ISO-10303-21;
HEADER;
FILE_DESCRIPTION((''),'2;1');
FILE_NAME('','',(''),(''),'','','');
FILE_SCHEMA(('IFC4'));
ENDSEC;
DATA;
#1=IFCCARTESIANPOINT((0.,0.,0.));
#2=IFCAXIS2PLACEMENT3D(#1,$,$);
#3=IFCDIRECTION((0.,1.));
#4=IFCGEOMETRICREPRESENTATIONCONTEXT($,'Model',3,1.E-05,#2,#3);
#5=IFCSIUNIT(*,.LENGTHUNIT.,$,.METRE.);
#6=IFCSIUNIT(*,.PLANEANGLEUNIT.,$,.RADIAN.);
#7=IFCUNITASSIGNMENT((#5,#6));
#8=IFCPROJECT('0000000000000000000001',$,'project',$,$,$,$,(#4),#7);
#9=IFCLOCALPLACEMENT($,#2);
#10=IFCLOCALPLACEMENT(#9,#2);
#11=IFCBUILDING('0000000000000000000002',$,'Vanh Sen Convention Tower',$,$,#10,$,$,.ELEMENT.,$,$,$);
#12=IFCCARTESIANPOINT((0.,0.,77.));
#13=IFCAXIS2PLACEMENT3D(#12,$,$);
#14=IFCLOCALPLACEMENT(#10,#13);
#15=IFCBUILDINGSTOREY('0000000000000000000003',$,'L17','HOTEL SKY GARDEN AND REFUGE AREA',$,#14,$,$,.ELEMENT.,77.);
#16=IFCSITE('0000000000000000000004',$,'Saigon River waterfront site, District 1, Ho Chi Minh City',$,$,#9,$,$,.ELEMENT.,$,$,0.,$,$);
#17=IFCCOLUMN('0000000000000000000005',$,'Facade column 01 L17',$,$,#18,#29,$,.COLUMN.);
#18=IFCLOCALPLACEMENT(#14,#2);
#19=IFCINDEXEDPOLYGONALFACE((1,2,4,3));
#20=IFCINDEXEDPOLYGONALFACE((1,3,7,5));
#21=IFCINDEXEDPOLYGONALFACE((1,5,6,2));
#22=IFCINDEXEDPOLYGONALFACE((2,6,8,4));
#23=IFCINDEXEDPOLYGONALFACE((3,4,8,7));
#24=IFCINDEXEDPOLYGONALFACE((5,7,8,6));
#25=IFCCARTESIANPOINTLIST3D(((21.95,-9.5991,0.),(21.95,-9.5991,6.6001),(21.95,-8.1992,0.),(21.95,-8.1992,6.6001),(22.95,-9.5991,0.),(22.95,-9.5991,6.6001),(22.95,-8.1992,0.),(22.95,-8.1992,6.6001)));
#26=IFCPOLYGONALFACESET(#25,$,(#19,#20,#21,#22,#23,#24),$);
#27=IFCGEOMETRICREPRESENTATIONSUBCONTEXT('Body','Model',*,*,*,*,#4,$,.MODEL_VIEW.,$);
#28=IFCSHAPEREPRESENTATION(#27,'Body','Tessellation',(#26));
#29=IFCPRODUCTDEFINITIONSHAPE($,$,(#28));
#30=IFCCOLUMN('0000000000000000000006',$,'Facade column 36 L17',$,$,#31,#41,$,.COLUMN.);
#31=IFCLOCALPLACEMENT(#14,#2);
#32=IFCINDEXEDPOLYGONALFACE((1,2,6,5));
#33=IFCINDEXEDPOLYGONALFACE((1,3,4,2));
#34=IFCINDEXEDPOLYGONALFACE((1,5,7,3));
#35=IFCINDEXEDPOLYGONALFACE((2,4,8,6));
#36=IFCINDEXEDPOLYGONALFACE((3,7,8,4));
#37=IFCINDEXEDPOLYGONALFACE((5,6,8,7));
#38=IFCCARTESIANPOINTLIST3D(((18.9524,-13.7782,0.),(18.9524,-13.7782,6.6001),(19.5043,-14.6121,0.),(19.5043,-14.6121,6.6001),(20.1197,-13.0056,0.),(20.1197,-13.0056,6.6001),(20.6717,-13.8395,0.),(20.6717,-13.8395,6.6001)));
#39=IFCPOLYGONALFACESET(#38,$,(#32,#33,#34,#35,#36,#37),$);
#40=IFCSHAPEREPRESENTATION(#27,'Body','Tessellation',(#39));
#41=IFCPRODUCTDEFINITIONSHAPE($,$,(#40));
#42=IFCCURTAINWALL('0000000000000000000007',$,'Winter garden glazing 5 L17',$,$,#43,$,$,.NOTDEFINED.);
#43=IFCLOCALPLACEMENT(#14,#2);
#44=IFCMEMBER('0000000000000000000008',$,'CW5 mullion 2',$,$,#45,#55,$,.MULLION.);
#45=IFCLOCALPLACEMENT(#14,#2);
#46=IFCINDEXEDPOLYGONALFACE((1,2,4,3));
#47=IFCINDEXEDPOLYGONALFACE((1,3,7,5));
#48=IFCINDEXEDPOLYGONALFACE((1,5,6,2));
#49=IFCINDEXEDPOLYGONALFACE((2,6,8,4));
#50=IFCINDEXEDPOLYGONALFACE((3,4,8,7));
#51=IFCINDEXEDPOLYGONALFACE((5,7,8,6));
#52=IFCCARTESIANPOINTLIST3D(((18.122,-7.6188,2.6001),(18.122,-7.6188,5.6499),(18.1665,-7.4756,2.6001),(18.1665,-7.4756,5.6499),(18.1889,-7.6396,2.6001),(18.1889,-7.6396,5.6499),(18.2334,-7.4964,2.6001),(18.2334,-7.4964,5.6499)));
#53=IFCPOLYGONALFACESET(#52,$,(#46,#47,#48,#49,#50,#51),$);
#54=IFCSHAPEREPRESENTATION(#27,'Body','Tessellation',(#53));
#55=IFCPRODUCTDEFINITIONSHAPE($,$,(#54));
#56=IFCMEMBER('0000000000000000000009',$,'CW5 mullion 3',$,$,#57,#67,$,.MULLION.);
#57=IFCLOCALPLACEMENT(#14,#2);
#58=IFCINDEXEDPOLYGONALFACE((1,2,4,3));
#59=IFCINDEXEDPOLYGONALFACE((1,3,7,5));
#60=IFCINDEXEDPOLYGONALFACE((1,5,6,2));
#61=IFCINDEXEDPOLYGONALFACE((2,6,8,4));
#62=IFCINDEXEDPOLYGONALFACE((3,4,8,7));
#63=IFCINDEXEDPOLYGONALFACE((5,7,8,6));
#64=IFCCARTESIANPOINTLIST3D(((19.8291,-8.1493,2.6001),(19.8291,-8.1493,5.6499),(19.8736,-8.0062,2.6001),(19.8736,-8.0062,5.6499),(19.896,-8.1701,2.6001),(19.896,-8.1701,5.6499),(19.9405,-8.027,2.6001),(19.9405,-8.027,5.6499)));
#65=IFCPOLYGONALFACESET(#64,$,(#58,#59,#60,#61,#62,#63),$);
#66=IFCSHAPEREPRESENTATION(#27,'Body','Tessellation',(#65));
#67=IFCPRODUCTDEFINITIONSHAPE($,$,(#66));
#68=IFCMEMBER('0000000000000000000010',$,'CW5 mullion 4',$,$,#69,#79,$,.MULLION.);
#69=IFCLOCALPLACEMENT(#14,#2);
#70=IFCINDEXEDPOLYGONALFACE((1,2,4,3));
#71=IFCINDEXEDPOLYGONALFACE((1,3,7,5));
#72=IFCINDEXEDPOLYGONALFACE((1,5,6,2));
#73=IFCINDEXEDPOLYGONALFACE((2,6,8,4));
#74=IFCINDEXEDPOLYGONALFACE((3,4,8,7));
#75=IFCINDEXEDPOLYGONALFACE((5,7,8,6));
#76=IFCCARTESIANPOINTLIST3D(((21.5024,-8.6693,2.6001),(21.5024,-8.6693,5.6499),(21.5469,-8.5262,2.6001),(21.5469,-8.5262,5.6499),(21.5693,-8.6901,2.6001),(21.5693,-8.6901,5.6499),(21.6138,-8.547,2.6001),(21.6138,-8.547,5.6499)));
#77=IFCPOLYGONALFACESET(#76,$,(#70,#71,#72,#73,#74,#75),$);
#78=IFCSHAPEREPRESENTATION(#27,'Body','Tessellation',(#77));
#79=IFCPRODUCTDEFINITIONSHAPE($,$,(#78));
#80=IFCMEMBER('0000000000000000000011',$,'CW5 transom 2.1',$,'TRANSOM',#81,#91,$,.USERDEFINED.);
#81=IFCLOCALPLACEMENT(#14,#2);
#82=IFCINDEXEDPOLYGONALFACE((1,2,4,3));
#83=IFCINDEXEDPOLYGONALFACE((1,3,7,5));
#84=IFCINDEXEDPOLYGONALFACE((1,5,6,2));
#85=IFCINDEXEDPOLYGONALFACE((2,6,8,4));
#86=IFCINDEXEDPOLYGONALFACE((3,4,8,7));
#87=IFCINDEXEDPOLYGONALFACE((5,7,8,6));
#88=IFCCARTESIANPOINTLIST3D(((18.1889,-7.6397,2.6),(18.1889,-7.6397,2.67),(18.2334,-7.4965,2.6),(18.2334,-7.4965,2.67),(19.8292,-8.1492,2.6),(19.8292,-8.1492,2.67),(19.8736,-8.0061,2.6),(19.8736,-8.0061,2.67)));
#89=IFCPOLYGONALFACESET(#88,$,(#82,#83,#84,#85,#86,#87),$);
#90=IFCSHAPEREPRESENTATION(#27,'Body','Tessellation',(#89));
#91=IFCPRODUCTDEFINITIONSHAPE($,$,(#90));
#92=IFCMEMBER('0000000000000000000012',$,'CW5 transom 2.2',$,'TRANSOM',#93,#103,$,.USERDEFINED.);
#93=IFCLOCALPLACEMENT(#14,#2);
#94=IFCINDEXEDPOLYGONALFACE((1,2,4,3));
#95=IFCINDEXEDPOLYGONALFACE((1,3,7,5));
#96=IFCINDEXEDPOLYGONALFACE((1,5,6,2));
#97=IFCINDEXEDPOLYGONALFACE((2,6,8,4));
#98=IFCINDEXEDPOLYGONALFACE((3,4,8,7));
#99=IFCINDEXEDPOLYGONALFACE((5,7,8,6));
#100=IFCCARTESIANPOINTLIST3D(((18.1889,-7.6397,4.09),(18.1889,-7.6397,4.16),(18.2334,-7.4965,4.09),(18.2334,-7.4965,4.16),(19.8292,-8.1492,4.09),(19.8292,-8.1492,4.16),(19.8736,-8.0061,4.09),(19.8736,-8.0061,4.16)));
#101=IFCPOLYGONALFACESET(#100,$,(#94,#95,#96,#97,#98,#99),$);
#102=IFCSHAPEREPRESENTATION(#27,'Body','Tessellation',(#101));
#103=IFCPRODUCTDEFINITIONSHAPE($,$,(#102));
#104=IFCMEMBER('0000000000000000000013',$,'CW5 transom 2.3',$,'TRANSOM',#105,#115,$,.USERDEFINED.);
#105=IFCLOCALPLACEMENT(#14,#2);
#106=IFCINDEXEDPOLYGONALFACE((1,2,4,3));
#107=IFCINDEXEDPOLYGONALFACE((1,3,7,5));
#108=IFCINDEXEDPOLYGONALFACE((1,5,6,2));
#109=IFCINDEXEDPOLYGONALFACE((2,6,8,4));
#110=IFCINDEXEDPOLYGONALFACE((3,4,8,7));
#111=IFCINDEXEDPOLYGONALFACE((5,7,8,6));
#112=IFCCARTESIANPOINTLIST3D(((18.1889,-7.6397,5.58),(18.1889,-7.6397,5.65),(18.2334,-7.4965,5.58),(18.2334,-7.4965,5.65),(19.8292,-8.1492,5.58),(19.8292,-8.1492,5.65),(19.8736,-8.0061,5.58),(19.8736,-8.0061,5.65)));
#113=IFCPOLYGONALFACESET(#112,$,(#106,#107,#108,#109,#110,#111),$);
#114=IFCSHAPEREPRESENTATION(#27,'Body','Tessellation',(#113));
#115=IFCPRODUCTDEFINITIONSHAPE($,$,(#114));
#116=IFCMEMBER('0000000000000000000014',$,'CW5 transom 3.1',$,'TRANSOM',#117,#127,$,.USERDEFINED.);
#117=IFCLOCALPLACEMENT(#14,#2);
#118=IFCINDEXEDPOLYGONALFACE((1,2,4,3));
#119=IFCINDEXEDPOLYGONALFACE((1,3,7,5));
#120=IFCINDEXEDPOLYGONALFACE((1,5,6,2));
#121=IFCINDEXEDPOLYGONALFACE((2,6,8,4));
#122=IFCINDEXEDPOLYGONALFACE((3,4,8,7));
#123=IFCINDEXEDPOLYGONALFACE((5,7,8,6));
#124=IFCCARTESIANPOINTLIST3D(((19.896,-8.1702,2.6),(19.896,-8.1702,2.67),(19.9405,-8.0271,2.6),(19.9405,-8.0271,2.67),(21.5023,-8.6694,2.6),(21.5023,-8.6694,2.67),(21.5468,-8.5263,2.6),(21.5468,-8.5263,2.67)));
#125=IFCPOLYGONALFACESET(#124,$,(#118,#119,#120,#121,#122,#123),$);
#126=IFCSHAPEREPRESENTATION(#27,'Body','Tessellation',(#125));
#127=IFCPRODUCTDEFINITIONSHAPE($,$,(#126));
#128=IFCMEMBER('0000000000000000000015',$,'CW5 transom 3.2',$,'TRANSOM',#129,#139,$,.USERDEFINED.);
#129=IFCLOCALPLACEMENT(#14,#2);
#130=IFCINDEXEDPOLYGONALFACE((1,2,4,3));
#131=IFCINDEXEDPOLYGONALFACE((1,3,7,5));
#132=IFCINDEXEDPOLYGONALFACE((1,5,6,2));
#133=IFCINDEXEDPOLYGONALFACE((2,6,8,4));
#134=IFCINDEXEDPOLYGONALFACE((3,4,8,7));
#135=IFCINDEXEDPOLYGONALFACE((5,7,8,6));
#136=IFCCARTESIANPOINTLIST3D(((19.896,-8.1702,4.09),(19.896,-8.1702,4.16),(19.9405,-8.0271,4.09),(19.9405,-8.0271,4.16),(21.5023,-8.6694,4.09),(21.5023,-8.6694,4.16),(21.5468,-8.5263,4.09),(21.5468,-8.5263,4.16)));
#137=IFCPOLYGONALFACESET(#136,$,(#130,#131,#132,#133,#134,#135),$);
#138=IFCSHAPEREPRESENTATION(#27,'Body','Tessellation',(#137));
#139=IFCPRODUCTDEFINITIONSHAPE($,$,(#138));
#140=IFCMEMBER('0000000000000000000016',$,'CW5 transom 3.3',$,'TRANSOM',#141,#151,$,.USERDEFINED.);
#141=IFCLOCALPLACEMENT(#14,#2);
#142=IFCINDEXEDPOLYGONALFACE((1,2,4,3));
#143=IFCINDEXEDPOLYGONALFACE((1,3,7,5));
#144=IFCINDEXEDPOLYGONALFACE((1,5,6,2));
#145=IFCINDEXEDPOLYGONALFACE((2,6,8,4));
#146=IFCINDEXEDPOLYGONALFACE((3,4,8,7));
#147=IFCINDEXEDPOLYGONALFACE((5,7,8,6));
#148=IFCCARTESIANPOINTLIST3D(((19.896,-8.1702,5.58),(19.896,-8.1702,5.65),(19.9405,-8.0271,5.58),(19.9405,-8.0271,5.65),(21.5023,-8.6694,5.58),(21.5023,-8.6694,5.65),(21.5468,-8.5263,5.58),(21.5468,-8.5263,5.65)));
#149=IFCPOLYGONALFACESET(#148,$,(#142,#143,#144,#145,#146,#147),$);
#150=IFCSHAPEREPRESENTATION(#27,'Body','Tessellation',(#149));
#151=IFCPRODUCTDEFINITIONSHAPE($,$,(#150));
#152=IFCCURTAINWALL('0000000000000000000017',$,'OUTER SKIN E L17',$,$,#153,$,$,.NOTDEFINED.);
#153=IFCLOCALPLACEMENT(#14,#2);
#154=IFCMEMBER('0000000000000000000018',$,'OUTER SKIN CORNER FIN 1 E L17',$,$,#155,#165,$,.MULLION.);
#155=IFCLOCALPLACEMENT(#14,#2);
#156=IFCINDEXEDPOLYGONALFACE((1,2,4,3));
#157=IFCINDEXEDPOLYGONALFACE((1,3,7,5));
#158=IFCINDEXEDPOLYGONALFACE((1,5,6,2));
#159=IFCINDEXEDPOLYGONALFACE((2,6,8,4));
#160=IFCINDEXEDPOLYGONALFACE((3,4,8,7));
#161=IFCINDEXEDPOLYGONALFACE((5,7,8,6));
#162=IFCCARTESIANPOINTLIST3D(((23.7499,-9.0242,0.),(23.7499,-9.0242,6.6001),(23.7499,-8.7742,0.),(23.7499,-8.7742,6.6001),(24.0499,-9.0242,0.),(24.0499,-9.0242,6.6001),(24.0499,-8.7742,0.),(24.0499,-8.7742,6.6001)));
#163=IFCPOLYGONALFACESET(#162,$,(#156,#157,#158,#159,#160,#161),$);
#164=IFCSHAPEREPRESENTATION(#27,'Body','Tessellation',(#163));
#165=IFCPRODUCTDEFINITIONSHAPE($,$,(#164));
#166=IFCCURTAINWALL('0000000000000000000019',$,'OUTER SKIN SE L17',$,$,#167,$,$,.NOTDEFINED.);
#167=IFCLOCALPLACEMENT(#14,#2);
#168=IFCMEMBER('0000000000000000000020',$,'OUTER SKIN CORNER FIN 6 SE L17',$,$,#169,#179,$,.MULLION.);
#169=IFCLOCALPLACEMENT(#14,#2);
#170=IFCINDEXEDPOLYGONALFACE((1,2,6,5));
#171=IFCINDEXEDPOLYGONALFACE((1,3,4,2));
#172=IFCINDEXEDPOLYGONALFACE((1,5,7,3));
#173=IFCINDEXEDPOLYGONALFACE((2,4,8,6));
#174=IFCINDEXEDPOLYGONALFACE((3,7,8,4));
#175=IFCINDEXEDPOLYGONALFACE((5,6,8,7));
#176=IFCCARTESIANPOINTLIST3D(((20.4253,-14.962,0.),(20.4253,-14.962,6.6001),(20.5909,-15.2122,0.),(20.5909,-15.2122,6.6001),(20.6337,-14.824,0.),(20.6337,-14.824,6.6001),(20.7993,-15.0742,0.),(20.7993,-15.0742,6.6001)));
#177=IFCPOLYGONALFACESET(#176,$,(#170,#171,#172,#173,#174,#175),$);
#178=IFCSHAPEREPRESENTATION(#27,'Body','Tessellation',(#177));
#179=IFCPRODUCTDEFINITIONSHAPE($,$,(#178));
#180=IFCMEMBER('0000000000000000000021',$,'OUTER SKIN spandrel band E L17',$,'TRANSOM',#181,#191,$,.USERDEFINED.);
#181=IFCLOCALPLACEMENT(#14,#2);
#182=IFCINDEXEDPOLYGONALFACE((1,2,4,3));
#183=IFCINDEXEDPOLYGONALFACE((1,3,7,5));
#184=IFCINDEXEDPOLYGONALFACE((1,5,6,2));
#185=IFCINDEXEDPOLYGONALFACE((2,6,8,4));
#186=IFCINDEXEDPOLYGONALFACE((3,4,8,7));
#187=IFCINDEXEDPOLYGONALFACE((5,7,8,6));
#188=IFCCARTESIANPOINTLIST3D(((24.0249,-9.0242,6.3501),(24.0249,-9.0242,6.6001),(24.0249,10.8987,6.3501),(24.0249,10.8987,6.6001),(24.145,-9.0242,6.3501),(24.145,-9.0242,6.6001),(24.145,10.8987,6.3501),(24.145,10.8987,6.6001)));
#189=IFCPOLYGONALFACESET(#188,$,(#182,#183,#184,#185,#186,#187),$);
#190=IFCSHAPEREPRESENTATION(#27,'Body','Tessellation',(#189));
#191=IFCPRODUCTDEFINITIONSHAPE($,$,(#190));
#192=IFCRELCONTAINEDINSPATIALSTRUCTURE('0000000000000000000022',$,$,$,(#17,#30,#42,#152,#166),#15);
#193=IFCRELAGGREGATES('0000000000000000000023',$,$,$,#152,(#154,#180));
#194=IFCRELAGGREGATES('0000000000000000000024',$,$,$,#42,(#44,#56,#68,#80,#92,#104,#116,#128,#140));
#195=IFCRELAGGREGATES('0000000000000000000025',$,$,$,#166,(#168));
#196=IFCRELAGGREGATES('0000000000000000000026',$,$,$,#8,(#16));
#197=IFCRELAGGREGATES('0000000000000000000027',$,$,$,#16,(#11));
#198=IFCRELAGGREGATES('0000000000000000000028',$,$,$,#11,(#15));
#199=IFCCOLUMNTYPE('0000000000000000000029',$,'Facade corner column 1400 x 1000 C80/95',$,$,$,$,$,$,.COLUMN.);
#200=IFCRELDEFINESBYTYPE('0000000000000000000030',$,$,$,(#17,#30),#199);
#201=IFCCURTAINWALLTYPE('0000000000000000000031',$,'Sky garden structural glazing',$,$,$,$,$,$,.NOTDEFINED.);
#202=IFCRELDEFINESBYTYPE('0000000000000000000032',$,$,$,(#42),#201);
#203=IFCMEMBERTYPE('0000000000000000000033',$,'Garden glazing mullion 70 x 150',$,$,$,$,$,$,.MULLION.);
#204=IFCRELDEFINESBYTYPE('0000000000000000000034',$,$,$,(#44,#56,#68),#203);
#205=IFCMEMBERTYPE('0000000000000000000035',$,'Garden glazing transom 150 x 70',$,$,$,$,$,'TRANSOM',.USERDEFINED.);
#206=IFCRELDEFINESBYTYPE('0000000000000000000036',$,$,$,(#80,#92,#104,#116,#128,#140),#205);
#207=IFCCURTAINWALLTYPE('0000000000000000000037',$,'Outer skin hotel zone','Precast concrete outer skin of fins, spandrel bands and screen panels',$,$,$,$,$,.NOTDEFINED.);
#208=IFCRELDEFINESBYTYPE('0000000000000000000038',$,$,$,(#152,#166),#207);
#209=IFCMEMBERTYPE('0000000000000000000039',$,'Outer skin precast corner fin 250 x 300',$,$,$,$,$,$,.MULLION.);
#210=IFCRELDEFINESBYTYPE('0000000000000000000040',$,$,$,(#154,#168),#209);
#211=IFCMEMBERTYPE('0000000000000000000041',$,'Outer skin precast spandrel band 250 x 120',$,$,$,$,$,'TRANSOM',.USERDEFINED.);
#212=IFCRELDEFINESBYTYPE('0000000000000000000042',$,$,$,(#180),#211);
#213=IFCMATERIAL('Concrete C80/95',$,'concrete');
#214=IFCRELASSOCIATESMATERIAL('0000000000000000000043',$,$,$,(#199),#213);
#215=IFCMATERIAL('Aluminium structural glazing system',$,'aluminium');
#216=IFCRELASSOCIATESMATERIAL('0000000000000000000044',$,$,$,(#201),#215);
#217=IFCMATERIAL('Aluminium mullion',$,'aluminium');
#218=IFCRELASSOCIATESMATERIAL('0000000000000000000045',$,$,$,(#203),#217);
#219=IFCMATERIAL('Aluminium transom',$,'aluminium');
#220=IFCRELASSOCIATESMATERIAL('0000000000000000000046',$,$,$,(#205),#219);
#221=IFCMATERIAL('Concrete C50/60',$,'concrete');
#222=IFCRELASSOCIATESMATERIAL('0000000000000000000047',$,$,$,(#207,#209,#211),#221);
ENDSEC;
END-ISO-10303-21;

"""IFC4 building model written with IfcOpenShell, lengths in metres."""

from ifc_helpers import new_model, si_unit, direction, frame, origin, origin_2d, place, context, subcontext, project, spatial, rectangle, extrude, material, material_profile, profile_set, type_object, element, aggregate, save


model = new_model("IFC4")

# Units and contexts
model_context = context("Model", 3, precision=1e-05, world=origin(), true_north=direction((0.0, 1.0)))
body_context = subcontext(model_context, "Body", "Model", "MODEL_VIEW")
ifc_project = project(units=[si_unit("LENGTHUNIT", "METRE"), si_unit("PLANEANGLEUNIT", "RADIAN")], contexts=[model_context])

# Site, building, storey
site_placement = place(None, origin())
site = spatial("IfcSite", under=ifc_project, at=site_placement, Name="Saigon River waterfront site, District 1, Ho Chi Minh City", CompositionType="ELEMENT", RefElevation=0.0)
building_placement = place(site_placement, origin())
building = spatial("IfcBuilding", under=site, at=building_placement, Name="Vanh Sen Convention Tower", CompositionType="ELEMENT")
storey_placement = place(building_placement, frame((0.0, 0.0, 77.0)))
storey = spatial("IfcBuildingStorey", under=building, at=storey_placement, Name="L17", Description="HOTEL SKY GARDEN AND REFUGE AREA", CompositionType="ELEMENT", Elevation=77.0)

# Columns
ifc_material_1 = material(Name="Concrete C80/95", Category="concrete")
ifc_material_profile_1 = material_profile(ifc_material_1, rectangle(XDim=1.3999, YDim=1.0, at=origin_2d()), Name="RC 1400X1000")
ifc_profile_set_1 = profile_set([ifc_material_profile_1], Name="Concrete C80/95")
column_type = type_object("IfcColumnType", Name="Facade corner column 1400 x 1000 C80/95", PredefinedType="COLUMN", material=ifc_profile_set_1)
for number, where, z_axis, x_axis, name in (
    (1, (22.45, -8.8992, 0.0), (0.0, 0.0, 1.0), (0.0, 1.0, 0.0), "Facade column 01 L17"),
    (2, (19.812, -13.8088, 0.0), (0.0, 0.0, 1.0), (0.833886, 0.551937, 0.0), "Facade column 36 L17"),
):
    element("IfcColumn", number, at=place(storey_placement, frame(where, z_axis=z_axis, x_axis=x_axis)), inside=storey, type_object=column_type, Name=name, PredefinedType="COLUMN", context=body_context, shape_type="SweptSolid", body=[
        extrude(rectangle(XDim=1.3999, YDim=1.0, at=origin_2d()), origin(), (0.0, 0.0, 1.0), 6.6001),
    ])

# Curtain wall, members
ifc_material_2 = material(Name="Aluminium structural glazing system", Category="aluminium")
curtain_wall_type_1 = type_object("IfcCurtainWallType", Name="Sky garden structural glazing", PredefinedType="NOTDEFINED", material=ifc_material_2)
curtain_wall_1_placement = place(storey_placement, origin())
curtain_wall_1 = element("IfcCurtainWall", 3, at=curtain_wall_1_placement, inside=storey, type_object=curtain_wall_type_1, Name="Winter garden glazing 5 L17", PredefinedType="NOTDEFINED")
ifc_material_3 = material(Name="Aluminium mullion", Category="aluminium")
ifc_material_profile_2 = material_profile(ifc_material_3, rectangle(XDim=0.1499, YDim=0.0701, at=origin_2d()), Name="Garden glazing mullion 70 x 150")
ifc_profile_set_2 = profile_set([ifc_material_profile_2], Name="Aluminium mullion")
member_type_1 = type_object("IfcMemberType", Name="Garden glazing mullion 70 x 150", PredefinedType="MULLION", material=ifc_profile_set_2)
member_1_placement = place(storey_placement, frame((18.1777, -7.5576, 2.6001), z_axis=(0.0, 0.0, 1.0), x_axis=(0.296776, 0.954947, 0.0)))
member_1 = element("IfcMember", 4, at=member_1_placement, type_object=member_type_1, Name="CW5 mullion 2", PredefinedType="MULLION", context=body_context, shape_type="SweptSolid", body=[
    extrude(rectangle(XDim=0.1499, YDim=0.0701, at=origin_2d()), origin(), (0.0, 0.0, 1.0), 3.0498),
])
member_2_placement = place(storey_placement, frame((19.8848, -8.0881, 2.6001), z_axis=(0.0, 0.0, 1.0), x_axis=(0.296776, 0.954947, 0.0)))
member_2 = element("IfcMember", 5, at=member_2_placement, type_object=member_type_1, Name="CW5 mullion 3", PredefinedType="MULLION", context=body_context, shape_type="SweptSolid", body=[
    extrude(rectangle(XDim=0.1499, YDim=0.0701, at=origin_2d()), origin(), (0.0, 0.0, 1.0), 3.0498),
])
member_3_placement = place(storey_placement, frame((21.5581, -8.6082, 2.6001), z_axis=(0.0, 0.0, 1.0), x_axis=(0.296776, 0.954947, 0.0)))
member_3 = element("IfcMember", 6, at=member_3_placement, type_object=member_type_1, Name="CW5 mullion 4", PredefinedType="MULLION", context=body_context, shape_type="SweptSolid", body=[
    extrude(rectangle(XDim=0.1499, YDim=0.0701, at=origin_2d()), origin(), (0.0, 0.0, 1.0), 3.0498),
])
ifc_material_4 = material(Name="Aluminium transom", Category="aluminium")
ifc_material_profile_3 = material_profile(ifc_material_4, rectangle(XDim=0.1499, YDim=0.0701, at=origin_2d()), Name="Garden glazing transom 150 x 70")
ifc_profile_set_3 = profile_set([ifc_material_profile_3], Name="Aluminium transom")
member_type_2 = type_object("IfcMemberType", Name="Garden glazing transom 150 x 70", ElementType="TRANSOM", PredefinedType="USERDEFINED", material=ifc_profile_set_3)
member_4_placement = place(storey_placement, frame((18.2112, -7.5681, 2.635), z_axis=(0.954979, -0.296672, 0.0), x_axis=(0.296672, 0.954979, 0.0)))
member_4 = element("IfcMember", 7, at=member_4_placement, type_object=member_type_2, Name="CW5 transom 2.1", ObjectType="TRANSOM", PredefinedType="USERDEFINED", context=body_context, shape_type="SweptSolid", body=[
    extrude(rectangle(XDim=0.1499, YDim=0.0701, at=origin_2d()), origin(), (0.0, 0.0, 1.0), 1.7175),
])
member_5_placement = place(storey_placement, frame((18.2112, -7.5681, 4.125), z_axis=(0.954979, -0.296672, 0.0), x_axis=(0.296672, 0.954979, 0.0)))
member_5 = element("IfcMember", 8, at=member_5_placement, type_object=member_type_2, Name="CW5 transom 2.2", ObjectType="TRANSOM", PredefinedType="USERDEFINED", context=body_context, shape_type="SweptSolid", body=[
    extrude(rectangle(XDim=0.1499, YDim=0.0701, at=origin_2d()), origin(), (0.0, 0.0, 1.0), 1.7175),
])
member_6_placement = place(storey_placement, frame((18.2112, -7.5681, 5.615), z_axis=(0.954979, -0.296672, 0.0), x_axis=(0.296672, 0.954979, 0.0)))
member_6 = element("IfcMember", 9, at=member_6_placement, type_object=member_type_2, Name="CW5 transom 2.3", ObjectType="TRANSOM", PredefinedType="USERDEFINED", context=body_context, shape_type="SweptSolid", body=[
    extrude(rectangle(XDim=0.1499, YDim=0.0701, at=origin_2d()), origin(), (0.0, 0.0, 1.0), 1.7175),
])
member_7_placement = place(storey_placement, frame((19.9182, -8.0986, 2.635), z_axis=(0.954944, -0.296787, 0.0), x_axis=(0.296787, 0.954944, 0.0)))
member_7 = element("IfcMember", 10, at=member_7_placement, type_object=member_type_2, Name="CW5 transom 3.1", ObjectType="TRANSOM", PredefinedType="USERDEFINED", context=body_context, shape_type="SweptSolid", body=[
    extrude(rectangle(XDim=0.1499, YDim=0.0701, at=origin_2d()), origin(), (0.0, 0.0, 1.0), 1.6821),
])
member_8_placement = place(storey_placement, frame((19.9182, -8.0986, 4.125), z_axis=(0.954944, -0.296787, 0.0), x_axis=(0.296787, 0.954944, 0.0)))
member_8 = element("IfcMember", 11, at=member_8_placement, type_object=member_type_2, Name="CW5 transom 3.2", ObjectType="TRANSOM", PredefinedType="USERDEFINED", context=body_context, shape_type="SweptSolid", body=[
    extrude(rectangle(XDim=0.1499, YDim=0.0701, at=origin_2d()), origin(), (0.0, 0.0, 1.0), 1.6821),
])
member_9_placement = place(storey_placement, frame((19.9182, -8.0986, 5.615), z_axis=(0.954944, -0.296787, 0.0), x_axis=(0.296787, 0.954944, 0.0)))
member_9 = element("IfcMember", 12, at=member_9_placement, type_object=member_type_2, Name="CW5 transom 3.3", ObjectType="TRANSOM", PredefinedType="USERDEFINED", context=body_context, shape_type="SweptSolid", body=[
    extrude(rectangle(XDim=0.1499, YDim=0.0701, at=origin_2d()), origin(), (0.0, 0.0, 1.0), 1.6821),
])

# Curtain walls, members
ifc_material_5 = material(Name="Concrete C50/60", Category="concrete")
curtain_wall_type_2 = type_object("IfcCurtainWallType", Name="Outer skin hotel zone", Description="Precast concrete outer skin of fins, spandrel bands and screen panels", PredefinedType="NOTDEFINED", material=ifc_material_5)
curtain_wall_2_placement = place(storey_placement, origin())
curtain_wall_2 = element("IfcCurtainWall", 13, at=curtain_wall_2_placement, inside=storey, type_object=curtain_wall_type_2, Name="OUTER SKIN E L17", PredefinedType="NOTDEFINED")
ifc_material_profile_4 = material_profile(ifc_material_5, rectangle(XDim=0.25, YDim=0.3, at=origin_2d()), Name="Outer skin precast corner fin 250 x 300")
ifc_profile_set_4 = profile_set([ifc_material_profile_4], Name="Concrete C50/60")
member_type_3 = type_object("IfcMemberType", Name="Outer skin precast corner fin 250 x 300", PredefinedType="MULLION", material=ifc_profile_set_4)
member_10_placement = place(storey_placement, frame((23.8999, -8.8992, 0.0), z_axis=(0.0, 0.0, 1.0), x_axis=(0.0, 1.0, 0.0)))
member_10 = element("IfcMember", 14, at=member_10_placement, type_object=member_type_3, Name="OUTER SKIN CORNER FIN 1 E L17", PredefinedType="MULLION", context=body_context, shape_type="SweptSolid", body=[
    extrude(rectangle(XDim=0.25, YDim=0.3, at=origin_2d()), origin(), (0.0, 0.0, 1.0), 6.6001),
])
curtain_wall_3_placement = place(storey_placement, origin())
curtain_wall_3 = element("IfcCurtainWall", 15, at=curtain_wall_3_placement, inside=storey, type_object=curtain_wall_type_2, Name="OUTER SKIN SE L17", PredefinedType="NOTDEFINED")
member_11_placement = place(storey_placement, frame((20.6123, -15.0181, 0.0), z_axis=(0.0, 0.0, 1.0), x_axis=(0.833886, 0.551937, 0.0)))
member_11 = element("IfcMember", 16, at=member_11_placement, type_object=member_type_3, Name="OUTER SKIN CORNER FIN 6 SE L17", PredefinedType="MULLION", context=body_context, shape_type="SweptSolid", body=[
    extrude(rectangle(XDim=0.25, YDim=0.3, at=origin_2d()), origin(), (0.0, 0.0, 1.0), 6.6001),
])

# Member
ifc_material_profile_5 = material_profile(ifc_material_5, rectangle(XDim=0.1201, YDim=0.25, at=origin_2d()), Name="Outer skin precast spandrel band 250 x 120")
ifc_profile_set_5 = profile_set([ifc_material_profile_5], Name="Concrete C50/60")
member_type_4 = type_object("IfcMemberType", Name="Outer skin precast spandrel band 250 x 120", ElementType="TRANSOM", PredefinedType="USERDEFINED", material=ifc_profile_set_5)
member_12_placement = place(storey_placement, frame((24.085, -9.0242, 6.4751), z_axis=(0.0, 1.0, 0.0), x_axis=(-1.0, 0.0, 0.0)))
member_12 = element("IfcMember", 17, at=member_12_placement, type_object=member_type_4, Name="OUTER SKIN spandrel band E L17", ObjectType="TRANSOM", PredefinedType="USERDEFINED", context=body_context, shape_type="SweptSolid", body=[
    extrude(rectangle(XDim=0.1201, YDim=0.25, at=origin_2d()), origin(), (0.0, 0.0, 1.0), 19.9229),
])
aggregate(curtain_wall_2, [member_10, member_12])

aggregate(curtain_wall_1, [member_1, member_2, member_3, member_4, member_5, member_6, member_7, member_8, member_9])
aggregate(curtain_wall_3, [member_11])

save(model, "model.ifc")
